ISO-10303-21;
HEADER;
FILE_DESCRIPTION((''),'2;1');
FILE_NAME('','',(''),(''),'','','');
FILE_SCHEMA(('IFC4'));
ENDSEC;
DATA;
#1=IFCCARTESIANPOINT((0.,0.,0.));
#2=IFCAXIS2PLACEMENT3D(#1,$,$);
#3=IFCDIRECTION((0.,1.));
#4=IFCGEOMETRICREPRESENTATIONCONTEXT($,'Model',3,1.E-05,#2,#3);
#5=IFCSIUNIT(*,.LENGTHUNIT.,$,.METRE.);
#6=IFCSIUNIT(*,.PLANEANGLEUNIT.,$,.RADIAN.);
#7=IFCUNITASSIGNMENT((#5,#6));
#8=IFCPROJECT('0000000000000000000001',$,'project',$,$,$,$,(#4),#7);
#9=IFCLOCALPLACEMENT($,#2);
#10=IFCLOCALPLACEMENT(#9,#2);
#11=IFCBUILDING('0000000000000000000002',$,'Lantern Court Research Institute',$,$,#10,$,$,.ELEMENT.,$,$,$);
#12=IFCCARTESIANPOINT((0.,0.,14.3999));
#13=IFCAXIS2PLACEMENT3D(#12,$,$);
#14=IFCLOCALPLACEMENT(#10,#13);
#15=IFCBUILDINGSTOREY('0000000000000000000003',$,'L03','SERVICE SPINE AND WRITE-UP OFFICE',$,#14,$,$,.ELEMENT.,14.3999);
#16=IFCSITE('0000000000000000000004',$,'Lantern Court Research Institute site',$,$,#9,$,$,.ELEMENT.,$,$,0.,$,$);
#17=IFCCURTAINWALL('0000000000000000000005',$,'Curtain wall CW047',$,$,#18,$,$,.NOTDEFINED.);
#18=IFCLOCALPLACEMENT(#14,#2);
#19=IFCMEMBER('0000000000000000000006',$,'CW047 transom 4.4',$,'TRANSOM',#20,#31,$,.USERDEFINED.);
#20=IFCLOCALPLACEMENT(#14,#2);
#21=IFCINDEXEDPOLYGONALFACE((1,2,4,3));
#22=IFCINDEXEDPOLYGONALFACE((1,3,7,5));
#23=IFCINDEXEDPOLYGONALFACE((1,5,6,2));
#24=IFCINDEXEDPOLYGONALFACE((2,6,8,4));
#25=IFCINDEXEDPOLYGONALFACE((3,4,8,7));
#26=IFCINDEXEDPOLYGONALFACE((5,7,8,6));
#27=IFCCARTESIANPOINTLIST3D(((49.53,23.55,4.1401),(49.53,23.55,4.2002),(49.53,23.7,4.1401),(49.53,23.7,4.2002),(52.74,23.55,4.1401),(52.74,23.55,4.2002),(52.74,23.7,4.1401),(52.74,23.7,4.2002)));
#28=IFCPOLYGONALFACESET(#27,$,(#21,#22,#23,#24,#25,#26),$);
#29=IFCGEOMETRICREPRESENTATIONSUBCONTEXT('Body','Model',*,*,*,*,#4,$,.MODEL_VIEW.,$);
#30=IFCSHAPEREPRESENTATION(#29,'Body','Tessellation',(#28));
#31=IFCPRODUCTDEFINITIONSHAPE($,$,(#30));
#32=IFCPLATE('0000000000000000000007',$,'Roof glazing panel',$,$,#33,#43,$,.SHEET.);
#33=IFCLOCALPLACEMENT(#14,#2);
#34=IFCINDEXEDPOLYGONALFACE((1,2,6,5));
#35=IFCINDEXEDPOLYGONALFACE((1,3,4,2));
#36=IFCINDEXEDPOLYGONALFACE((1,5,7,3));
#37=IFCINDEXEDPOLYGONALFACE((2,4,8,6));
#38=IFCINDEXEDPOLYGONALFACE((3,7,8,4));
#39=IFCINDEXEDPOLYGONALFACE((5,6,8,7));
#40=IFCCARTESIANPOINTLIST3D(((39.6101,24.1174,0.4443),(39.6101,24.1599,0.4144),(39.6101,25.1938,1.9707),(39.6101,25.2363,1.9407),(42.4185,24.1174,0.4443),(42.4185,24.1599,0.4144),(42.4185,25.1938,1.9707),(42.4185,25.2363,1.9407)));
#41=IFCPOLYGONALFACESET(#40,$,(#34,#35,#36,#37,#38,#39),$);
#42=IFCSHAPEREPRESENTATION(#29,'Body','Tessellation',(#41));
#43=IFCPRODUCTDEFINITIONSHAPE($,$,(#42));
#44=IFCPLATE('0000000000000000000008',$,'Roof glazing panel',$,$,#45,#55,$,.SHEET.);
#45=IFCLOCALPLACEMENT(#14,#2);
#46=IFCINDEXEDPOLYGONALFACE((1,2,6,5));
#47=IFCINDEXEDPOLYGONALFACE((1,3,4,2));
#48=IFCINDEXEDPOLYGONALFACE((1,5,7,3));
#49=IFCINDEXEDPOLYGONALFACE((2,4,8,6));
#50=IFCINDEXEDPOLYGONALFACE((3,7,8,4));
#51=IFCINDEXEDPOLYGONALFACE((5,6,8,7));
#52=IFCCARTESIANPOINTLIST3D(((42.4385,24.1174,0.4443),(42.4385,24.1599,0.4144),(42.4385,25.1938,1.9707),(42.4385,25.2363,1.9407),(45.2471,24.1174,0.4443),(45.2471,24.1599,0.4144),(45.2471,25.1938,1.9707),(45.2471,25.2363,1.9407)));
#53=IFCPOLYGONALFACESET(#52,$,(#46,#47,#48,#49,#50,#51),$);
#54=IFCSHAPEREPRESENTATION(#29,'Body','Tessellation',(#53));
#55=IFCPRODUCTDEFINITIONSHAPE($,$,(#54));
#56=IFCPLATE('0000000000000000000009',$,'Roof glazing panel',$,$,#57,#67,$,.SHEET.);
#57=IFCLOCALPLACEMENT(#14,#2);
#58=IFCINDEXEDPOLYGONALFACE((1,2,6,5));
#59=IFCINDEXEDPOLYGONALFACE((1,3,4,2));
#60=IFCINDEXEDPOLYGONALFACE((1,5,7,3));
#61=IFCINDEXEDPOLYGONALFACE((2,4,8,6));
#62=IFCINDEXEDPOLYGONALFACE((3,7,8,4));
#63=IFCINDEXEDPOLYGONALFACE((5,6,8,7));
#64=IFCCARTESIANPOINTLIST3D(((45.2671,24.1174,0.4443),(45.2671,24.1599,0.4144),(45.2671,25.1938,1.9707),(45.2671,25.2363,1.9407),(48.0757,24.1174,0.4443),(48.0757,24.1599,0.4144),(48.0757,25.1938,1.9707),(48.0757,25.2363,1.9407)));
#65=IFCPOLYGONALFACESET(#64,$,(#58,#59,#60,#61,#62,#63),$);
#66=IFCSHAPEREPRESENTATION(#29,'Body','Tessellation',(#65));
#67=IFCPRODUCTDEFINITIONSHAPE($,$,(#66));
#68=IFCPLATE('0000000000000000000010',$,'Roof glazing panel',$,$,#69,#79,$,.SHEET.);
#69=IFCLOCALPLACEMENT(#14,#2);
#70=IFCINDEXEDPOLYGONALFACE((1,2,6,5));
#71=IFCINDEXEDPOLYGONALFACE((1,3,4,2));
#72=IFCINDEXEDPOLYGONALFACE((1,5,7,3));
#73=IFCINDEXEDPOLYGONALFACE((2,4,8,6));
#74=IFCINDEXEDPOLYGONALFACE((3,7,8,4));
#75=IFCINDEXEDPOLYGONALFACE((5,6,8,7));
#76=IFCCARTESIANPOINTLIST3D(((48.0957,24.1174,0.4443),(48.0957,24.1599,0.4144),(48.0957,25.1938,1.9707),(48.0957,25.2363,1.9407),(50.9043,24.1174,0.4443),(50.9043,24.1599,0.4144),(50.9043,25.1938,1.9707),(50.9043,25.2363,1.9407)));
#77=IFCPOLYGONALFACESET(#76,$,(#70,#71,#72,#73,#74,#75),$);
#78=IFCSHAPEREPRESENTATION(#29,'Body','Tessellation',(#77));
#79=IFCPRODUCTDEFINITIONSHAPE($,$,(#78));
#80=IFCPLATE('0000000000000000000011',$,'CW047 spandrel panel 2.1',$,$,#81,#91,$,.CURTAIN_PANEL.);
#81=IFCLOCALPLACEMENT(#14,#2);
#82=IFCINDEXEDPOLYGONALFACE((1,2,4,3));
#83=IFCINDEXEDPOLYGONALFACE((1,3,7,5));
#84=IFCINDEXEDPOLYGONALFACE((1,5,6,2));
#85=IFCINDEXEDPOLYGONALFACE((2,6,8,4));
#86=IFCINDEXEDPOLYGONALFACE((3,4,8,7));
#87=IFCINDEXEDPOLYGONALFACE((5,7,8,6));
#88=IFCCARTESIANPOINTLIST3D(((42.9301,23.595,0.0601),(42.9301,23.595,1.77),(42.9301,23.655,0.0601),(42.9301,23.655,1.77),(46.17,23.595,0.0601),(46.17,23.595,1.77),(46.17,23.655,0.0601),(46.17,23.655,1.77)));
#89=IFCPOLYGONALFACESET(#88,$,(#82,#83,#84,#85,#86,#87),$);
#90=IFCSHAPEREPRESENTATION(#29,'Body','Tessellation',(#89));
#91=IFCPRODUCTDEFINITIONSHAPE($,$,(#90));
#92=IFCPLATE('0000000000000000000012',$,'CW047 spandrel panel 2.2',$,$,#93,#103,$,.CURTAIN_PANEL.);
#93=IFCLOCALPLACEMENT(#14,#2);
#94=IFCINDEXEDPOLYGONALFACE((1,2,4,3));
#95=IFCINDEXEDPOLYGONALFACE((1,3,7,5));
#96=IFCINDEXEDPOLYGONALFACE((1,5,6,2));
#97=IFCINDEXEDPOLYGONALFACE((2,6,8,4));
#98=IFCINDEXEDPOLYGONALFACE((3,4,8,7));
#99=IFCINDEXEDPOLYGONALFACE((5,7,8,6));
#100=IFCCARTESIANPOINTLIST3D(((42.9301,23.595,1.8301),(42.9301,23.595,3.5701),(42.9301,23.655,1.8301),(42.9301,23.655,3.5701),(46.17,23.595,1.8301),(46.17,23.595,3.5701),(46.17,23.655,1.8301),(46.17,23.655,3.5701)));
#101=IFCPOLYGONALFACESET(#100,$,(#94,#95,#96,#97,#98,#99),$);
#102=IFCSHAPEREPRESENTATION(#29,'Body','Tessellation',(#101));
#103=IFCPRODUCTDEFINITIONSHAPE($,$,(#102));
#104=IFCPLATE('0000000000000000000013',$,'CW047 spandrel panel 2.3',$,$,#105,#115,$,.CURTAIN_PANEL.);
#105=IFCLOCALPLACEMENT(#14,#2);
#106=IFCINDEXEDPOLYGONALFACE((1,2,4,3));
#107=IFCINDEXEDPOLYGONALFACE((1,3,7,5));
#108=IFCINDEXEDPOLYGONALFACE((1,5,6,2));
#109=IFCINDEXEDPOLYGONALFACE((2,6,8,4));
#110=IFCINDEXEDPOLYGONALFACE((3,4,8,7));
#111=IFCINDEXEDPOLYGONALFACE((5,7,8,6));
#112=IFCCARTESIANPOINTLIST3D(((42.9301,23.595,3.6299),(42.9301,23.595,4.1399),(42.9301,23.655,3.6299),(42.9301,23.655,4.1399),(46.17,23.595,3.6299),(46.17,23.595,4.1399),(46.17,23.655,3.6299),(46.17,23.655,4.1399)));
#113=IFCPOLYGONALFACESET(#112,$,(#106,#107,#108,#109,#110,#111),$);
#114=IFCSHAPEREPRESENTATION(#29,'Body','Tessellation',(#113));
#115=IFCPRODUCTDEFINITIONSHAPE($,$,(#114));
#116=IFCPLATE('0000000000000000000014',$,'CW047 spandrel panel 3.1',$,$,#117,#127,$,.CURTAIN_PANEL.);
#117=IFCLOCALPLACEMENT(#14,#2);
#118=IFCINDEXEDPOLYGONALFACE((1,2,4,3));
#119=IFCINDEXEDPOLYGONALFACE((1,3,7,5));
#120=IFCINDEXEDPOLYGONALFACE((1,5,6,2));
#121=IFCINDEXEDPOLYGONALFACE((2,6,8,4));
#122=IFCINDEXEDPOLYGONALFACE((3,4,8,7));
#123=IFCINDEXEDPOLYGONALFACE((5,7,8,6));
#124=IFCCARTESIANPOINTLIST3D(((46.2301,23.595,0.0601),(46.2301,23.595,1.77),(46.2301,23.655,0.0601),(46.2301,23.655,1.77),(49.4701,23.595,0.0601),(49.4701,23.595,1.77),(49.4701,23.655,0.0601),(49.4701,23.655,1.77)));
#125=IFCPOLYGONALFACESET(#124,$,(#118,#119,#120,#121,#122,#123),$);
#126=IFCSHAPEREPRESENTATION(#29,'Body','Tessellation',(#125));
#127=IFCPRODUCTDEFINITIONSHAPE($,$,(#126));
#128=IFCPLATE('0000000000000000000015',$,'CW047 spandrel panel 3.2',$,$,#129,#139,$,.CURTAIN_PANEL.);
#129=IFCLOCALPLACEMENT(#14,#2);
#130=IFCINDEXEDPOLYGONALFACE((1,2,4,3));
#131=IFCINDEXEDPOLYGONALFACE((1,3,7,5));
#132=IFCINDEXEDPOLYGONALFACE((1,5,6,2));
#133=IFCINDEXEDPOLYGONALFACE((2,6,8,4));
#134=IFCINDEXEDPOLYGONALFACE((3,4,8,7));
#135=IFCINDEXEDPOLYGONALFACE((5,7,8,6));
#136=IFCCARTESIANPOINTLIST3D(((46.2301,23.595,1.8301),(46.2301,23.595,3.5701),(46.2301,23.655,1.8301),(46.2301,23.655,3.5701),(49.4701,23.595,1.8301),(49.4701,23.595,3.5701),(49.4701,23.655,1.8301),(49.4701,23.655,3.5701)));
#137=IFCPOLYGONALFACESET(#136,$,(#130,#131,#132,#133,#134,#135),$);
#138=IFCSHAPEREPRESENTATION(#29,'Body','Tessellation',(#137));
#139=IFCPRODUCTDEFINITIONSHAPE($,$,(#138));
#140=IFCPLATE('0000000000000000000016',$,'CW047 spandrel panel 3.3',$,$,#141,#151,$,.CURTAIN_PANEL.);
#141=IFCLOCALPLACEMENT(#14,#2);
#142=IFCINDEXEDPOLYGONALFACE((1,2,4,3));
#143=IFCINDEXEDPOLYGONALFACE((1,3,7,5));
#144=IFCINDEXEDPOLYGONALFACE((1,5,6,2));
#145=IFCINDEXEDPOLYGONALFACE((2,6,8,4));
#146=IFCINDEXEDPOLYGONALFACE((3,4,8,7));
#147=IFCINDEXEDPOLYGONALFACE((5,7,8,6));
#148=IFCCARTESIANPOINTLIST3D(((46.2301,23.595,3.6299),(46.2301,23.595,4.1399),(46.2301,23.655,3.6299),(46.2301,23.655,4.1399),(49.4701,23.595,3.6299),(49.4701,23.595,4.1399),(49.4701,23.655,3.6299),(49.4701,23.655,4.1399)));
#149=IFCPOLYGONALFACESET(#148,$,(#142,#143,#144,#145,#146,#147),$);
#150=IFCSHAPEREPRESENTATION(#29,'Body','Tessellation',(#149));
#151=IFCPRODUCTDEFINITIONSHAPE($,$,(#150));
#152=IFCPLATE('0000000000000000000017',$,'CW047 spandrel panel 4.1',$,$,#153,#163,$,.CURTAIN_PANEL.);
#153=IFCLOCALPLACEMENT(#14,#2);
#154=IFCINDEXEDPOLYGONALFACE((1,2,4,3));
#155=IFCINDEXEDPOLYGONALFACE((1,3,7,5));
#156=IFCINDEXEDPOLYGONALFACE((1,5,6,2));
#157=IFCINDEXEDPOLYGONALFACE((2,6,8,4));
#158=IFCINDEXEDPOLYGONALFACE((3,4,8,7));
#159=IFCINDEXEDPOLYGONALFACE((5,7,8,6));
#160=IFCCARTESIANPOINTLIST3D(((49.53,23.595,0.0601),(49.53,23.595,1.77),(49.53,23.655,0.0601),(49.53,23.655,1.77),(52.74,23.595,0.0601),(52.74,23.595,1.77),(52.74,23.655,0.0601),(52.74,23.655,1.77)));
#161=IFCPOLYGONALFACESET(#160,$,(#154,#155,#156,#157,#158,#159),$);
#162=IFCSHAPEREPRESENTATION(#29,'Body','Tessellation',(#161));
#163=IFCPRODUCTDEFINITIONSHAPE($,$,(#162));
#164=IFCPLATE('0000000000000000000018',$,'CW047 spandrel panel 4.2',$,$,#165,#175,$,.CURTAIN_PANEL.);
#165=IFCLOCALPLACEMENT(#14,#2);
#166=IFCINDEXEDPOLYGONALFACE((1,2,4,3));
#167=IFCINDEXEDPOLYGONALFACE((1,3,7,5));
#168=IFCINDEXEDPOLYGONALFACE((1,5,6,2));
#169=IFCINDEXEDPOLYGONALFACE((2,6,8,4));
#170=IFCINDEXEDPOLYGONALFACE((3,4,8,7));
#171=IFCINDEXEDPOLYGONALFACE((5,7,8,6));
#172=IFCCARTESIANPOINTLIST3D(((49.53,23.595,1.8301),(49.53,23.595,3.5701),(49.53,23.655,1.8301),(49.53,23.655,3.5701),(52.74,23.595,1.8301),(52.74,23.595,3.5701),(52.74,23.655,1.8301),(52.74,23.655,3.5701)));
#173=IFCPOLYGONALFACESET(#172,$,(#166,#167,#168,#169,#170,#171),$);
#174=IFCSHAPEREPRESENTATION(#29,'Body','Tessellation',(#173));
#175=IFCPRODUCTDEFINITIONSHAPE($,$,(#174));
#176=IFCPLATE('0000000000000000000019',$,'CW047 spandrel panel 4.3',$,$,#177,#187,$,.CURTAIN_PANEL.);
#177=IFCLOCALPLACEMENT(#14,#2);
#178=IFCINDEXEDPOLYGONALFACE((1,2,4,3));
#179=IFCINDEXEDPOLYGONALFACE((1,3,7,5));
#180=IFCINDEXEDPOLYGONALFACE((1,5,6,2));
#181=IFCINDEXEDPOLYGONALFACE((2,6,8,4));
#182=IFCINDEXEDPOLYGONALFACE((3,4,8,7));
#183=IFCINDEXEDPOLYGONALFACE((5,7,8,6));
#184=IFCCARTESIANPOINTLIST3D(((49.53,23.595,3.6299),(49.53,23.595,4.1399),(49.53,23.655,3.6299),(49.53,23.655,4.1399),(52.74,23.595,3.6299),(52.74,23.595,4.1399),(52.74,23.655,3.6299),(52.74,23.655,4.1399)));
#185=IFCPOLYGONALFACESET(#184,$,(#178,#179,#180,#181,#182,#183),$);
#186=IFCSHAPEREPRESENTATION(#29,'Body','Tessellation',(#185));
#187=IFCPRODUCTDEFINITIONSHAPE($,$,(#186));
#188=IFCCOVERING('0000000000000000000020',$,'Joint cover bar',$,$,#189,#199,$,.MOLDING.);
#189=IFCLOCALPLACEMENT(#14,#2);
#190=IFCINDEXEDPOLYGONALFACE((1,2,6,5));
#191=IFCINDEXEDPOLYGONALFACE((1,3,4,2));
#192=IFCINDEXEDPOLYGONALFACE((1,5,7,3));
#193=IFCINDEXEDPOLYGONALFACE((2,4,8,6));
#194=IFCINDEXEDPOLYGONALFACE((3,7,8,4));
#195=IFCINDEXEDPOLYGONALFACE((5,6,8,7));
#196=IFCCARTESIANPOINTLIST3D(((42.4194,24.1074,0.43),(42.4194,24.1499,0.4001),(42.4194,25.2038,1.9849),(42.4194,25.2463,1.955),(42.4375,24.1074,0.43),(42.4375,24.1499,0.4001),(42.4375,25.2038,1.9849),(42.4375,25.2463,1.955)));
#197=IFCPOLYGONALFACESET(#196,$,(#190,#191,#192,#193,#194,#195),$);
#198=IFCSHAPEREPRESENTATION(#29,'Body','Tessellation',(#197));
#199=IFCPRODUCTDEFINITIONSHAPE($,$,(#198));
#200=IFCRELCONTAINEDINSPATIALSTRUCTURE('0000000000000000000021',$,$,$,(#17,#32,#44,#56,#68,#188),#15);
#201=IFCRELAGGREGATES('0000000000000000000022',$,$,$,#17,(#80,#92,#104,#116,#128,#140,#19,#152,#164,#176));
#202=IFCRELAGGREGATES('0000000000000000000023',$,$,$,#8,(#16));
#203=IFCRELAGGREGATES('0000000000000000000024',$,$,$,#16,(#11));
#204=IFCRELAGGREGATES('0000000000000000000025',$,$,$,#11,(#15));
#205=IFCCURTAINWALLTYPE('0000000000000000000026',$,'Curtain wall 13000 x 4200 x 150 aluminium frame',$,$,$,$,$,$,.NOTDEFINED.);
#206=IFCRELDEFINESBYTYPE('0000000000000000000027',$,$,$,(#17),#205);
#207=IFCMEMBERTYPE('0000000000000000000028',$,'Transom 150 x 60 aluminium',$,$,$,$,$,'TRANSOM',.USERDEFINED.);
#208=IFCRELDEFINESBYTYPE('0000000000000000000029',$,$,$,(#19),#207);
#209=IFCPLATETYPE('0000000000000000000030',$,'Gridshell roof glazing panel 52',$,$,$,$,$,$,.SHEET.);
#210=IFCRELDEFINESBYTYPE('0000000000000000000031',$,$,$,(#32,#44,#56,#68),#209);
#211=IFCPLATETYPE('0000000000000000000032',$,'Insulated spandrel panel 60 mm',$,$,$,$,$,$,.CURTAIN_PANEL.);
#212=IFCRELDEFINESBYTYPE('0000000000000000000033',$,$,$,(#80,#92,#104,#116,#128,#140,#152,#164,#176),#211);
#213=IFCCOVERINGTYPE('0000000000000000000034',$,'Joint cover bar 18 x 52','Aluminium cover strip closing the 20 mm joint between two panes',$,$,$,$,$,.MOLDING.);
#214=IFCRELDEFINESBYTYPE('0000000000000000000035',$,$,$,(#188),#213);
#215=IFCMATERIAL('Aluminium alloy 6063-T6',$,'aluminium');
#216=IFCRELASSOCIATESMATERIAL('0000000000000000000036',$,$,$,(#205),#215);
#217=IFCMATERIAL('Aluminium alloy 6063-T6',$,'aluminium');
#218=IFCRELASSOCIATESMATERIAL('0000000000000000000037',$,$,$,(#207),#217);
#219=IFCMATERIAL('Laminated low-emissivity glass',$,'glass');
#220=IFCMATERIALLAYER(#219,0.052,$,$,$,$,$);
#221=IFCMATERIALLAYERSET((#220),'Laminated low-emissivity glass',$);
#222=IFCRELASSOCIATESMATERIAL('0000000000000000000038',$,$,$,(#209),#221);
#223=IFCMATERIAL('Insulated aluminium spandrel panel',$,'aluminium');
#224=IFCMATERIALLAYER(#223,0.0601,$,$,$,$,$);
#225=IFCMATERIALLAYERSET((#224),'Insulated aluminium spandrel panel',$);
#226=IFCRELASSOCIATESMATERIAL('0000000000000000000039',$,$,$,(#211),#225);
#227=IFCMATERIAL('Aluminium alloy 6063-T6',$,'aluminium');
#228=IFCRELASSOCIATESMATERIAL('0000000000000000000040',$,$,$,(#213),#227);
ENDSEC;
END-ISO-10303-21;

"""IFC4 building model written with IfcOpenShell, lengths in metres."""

from ifc_helpers import new_model, si_unit, direction, frame, origin, origin_2d, place, context, subcontext, project, spatial, polyline, rectangle, outline, extrude, material, layer, layer_set, material_profile, profile_set, type_object, element, aggregate, save


model = new_model("IFC4")

# Units and contexts
model_context = context("Model", 3, precision=1e-05, world=origin(), true_north=direction((0.0, 1.0)))
body_context = subcontext(model_context, "Body", "Model", "MODEL_VIEW")
ifc_project = project(units=[si_unit("LENGTHUNIT", "METRE"), si_unit("PLANEANGLEUNIT", "RADIAN")], contexts=[model_context])

# Site, building, storey
site_placement = place(None, origin())
site = spatial("IfcSite", under=ifc_project, at=site_placement, Name="Lantern Court Research Institute site", CompositionType="ELEMENT", RefElevation=0.0)
building_placement = place(site_placement, origin())
building = spatial("IfcBuilding", under=site, at=building_placement, Name="Lantern Court Research Institute", CompositionType="ELEMENT")
storey_placement = place(building_placement, frame((0.0, 0.0, 14.3999)))
storey = spatial("IfcBuildingStorey", under=building, at=storey_placement, Name="L03", Description="SERVICE SPINE AND WRITE-UP OFFICE", CompositionType="ELEMENT", Elevation=14.3999)

# Curtain wall
ifc_material_1 = material(Name="Aluminium alloy 6063-T6", Category="aluminium")
curtain_wall_type_1 = type_object("IfcCurtainWallType", Name="Curtain wall 13000 x 4200 x 150 aluminium frame", PredefinedType="NOTDEFINED", material=ifc_material_1)
curtain_wall_1_placement = place(storey_placement, origin())
curtain_wall_1 = element("IfcCurtainWall", 1, at=curtain_wall_1_placement, inside=storey, type_object=curtain_wall_type_1, Name="Curtain wall CW047", PredefinedType="NOTDEFINED")

# Member
ifc_material_2 = material(Name="Aluminium alloy 6063-T6", Category="aluminium")
ifc_material_profile_1 = material_profile(ifc_material_2, rectangle(XDim=0.1499, YDim=0.0601, at=origin_2d()), Name="Transom 150 x 60")
ifc_profile_set_1 = profile_set([ifc_material_profile_1], Name="Aluminium alloy 6063-T6")
member_type_1 = type_object("IfcMemberType", Name="Transom 150 x 60 aluminium", ElementType="TRANSOM", PredefinedType="USERDEFINED", material=ifc_profile_set_1)
member_1_placement = place(storey_placement, frame((49.53, 23.625, 4.1702), z_axis=(1.0, 0.0, 0.0), x_axis=(0.0, 1.0, 0.0)))
member_1 = element("IfcMember", 2, at=member_1_placement, type_object=member_type_1, Name="CW047 transom 4.4", ObjectType="TRANSOM", PredefinedType="USERDEFINED", context=body_context, shape_type="SweptSolid", body=[
    extrude(rectangle(XDim=0.1499, YDim=0.0601, at=origin_2d()), origin(), (0.0, 0.0, 1.0), 3.21),
])

# Plates
ifc_material_3 = material(Name="Laminated low-emissivity glass", Category="glass")
ifc_layer_1 = layer(ifc_material_3, 0.052)
ifc_layer_set_1 = layer_set([ifc_layer_1], Name="Laminated low-emissivity glass")
plate_type_1 = type_object("IfcPlateType", Name="Gridshell roof glazing panel 52", PredefinedType="SHEET", material=ifc_layer_set_1)
plate_1_placement = place(storey_placement, frame((42.4185, 24.1174, 0.4443), z_axis=(0.0, -0.817225, 0.576319), x_axis=(-1.0, 0.0, 0.0)))
element("IfcPlate", 3, at=plate_1_placement, inside=storey, type_object=plate_type_1, Name="Roof glazing panel", PredefinedType="SHEET", context=body_context, shape_type="SweptSolid", body=[
    extrude(outline(polyline([(0.0, 0.0), (2.8083, 0.0), (2.8083, -1.8677), (0.0, -1.8677), (0.0, 0.0)])), origin(), (0.0, 0.0, -1.0), 0.052),
])
for number, where, z_axis, x_axis, name in (
    (4, (45.2471, 24.1174, 0.4443), (0.0, -0.817225, 0.576319), (-1.0, 0.0, 0.0), "Roof glazing panel"),
    (5, (48.0757, 24.1174, 0.4443), (0.0, -0.817225, 0.576319), (-1.0, 0.0, 0.0), "Roof glazing panel"),
    (6, (50.9043, 24.1174, 0.4443), (0.0, -0.817225, 0.576319), (-1.0, 0.0, 0.0), "Roof glazing panel"),
):
    element("IfcPlate", number, at=place(storey_placement, frame(where, z_axis=z_axis, x_axis=x_axis)), inside=storey, type_object=plate_type_1, Name=name, PredefinedType="SHEET", context=body_context, shape_type="SweptSolid", body=[
        extrude(outline(polyline([(0.0, 0.0), (2.8086, 0.0), (2.8086, -1.8677), (0.0, -1.8677), (0.0, 0.0)])), origin(), (0.0, 0.0, -1.0), 0.052),
    ])

# Plates
ifc_material_4 = material(Name="Insulated aluminium spandrel panel", Category="aluminium")
ifc_layer_2 = layer(ifc_material_4, 0.0601)
ifc_layer_set_2 = layer_set([ifc_layer_2], Name="Insulated aluminium spandrel panel")
plate_type_2 = type_object("IfcPlateType", Name="Insulated spandrel panel 60 mm", PredefinedType="CURTAIN_PANEL", material=ifc_layer_set_2)
plate_2_placement = place(storey_placement, frame((44.55, 23.625, 0.0601), z_axis=(0.0, 0.0, 1.0), x_axis=(1.0, 0.0, 0.0)))
plate_2 = element("IfcPlate", 7, at=plate_2_placement, type_object=plate_type_2, Name="CW047 spandrel panel 2.1", PredefinedType="CURTAIN_PANEL", context=body_context, shape_type="SweptSolid", body=[
    extrude(rectangle(XDim=3.24, YDim=0.0601, at=origin_2d()), origin(), (0.0, 0.0, 1.0), 1.71),
])
plate_3_placement = place(storey_placement, frame((44.55, 23.625, 1.8301), z_axis=(0.0, 0.0, 1.0), x_axis=(1.0, 0.0, 0.0)))
plate_3 = element("IfcPlate", 8, at=plate_3_placement, type_object=plate_type_2, Name="CW047 spandrel panel 2.2", PredefinedType="CURTAIN_PANEL", context=body_context, shape_type="SweptSolid", body=[
    extrude(rectangle(XDim=3.24, YDim=0.0601, at=origin_2d()), origin(), (0.0, 0.0, 1.0), 1.74),
])
plate_4_placement = place(storey_placement, frame((44.55, 23.625, 3.6299), z_axis=(0.0, 0.0, 1.0), x_axis=(1.0, 0.0, 0.0)))
plate_4 = element("IfcPlate", 9, at=plate_4_placement, type_object=plate_type_2, Name="CW047 spandrel panel 2.3", PredefinedType="CURTAIN_PANEL", context=body_context, shape_type="SweptSolid", body=[
    extrude(rectangle(XDim=3.24, YDim=0.0601, at=origin_2d()), origin(), (0.0, 0.0, 1.0), 0.51),
])
plate_5_placement = place(storey_placement, frame((47.8501, 23.625, 0.0601), z_axis=(0.0, 0.0, 1.0), x_axis=(1.0, 0.0, 0.0)))
plate_5 = element("IfcPlate", 10, at=plate_5_placement, type_object=plate_type_2, Name="CW047 spandrel panel 3.1", PredefinedType="CURTAIN_PANEL", context=body_context, shape_type="SweptSolid", body=[
    extrude(rectangle(XDim=3.24, YDim=0.0601, at=origin_2d()), origin(), (0.0, 0.0, 1.0), 1.71),
])
plate_6_placement = place(storey_placement, frame((47.8501, 23.625, 1.8301), z_axis=(0.0, 0.0, 1.0), x_axis=(1.0, 0.0, 0.0)))
plate_6 = element("IfcPlate", 11, at=plate_6_placement, type_object=plate_type_2, Name="CW047 spandrel panel 3.2", PredefinedType="CURTAIN_PANEL", context=body_context, shape_type="SweptSolid", body=[
    extrude(rectangle(XDim=3.24, YDim=0.0601, at=origin_2d()), origin(), (0.0, 0.0, 1.0), 1.74),
])
plate_7_placement = place(storey_placement, frame((47.8501, 23.625, 3.6299), z_axis=(0.0, 0.0, 1.0), x_axis=(1.0, 0.0, 0.0)))
plate_7 = element("IfcPlate", 12, at=plate_7_placement, type_object=plate_type_2, Name="CW047 spandrel panel 3.3", PredefinedType="CURTAIN_PANEL", context=body_context, shape_type="SweptSolid", body=[
    extrude(rectangle(XDim=3.24, YDim=0.0601, at=origin_2d()), origin(), (0.0, 0.0, 1.0), 0.51),
])
plate_8_placement = place(storey_placement, frame((51.135, 23.625, 0.0601), z_axis=(0.0, 0.0, 1.0), x_axis=(1.0, 0.0, 0.0)))
plate_8 = element("IfcPlate", 13, at=plate_8_placement, type_object=plate_type_2, Name="CW047 spandrel panel 4.1", PredefinedType="CURTAIN_PANEL", context=body_context, shape_type="SweptSolid", body=[
    extrude(rectangle(XDim=3.21, YDim=0.0601, at=origin_2d()), origin(), (0.0, 0.0, 1.0), 1.71),
])
plate_9_placement = place(storey_placement, frame((51.135, 23.625, 1.8301), z_axis=(0.0, 0.0, 1.0), x_axis=(1.0, 0.0, 0.0)))
plate_9 = element("IfcPlate", 14, at=plate_9_placement, type_object=plate_type_2, Name="CW047 spandrel panel 4.2", PredefinedType="CURTAIN_PANEL", context=body_context, shape_type="SweptSolid", body=[
    extrude(rectangle(XDim=3.21, YDim=0.0601, at=origin_2d()), origin(), (0.0, 0.0, 1.0), 1.74),
])
plate_10_placement = place(storey_placement, frame((51.135, 23.625, 3.6299), z_axis=(0.0, 0.0, 1.0), x_axis=(1.0, 0.0, 0.0)))
plate_10 = element("IfcPlate", 15, at=plate_10_placement, type_object=plate_type_2, Name="CW047 spandrel panel 4.3", PredefinedType="CURTAIN_PANEL", context=body_context, shape_type="SweptSolid", body=[
    extrude(rectangle(XDim=3.21, YDim=0.0601, at=origin_2d()), origin(), (0.0, 0.0, 1.0), 0.51),
])
aggregate(curtain_wall_1, [plate_2, plate_3, plate_4, plate_5, plate_6, plate_7, member_1, plate_8, plate_9, plate_10])

# Covering
ifc_material_5 = material(Name="Aluminium alloy 6063-T6", Category="aluminium")
ifc_material_profile_2 = material_profile(ifc_material_5, rectangle(XDim=0.0181, YDim=0.052, at=origin_2d()), Name="Joint cover bar 18 x 52")
ifc_profile_set_2 = profile_set([ifc_material_profile_2], Name="Aluminium alloy 6063-T6")
covering_type = type_object("IfcCoveringType", Name="Joint cover bar 18 x 52", Description="Aluminium cover strip closing the 20 mm joint between two panes", PredefinedType="MOLDING", material=ifc_profile_set_2)
for number, where, z_axis, x_axis, name in (
    (16, (42.4285, 24.1287, 0.415), (0.0, 0.576275, 0.817256), (-1.0, 0.0, 0.0), "Joint cover bar"),
):
    element("IfcCovering", number, at=place(storey_placement, frame(where, z_axis=z_axis, x_axis=x_axis)), inside=storey, type_object=covering_type, Name=name, PredefinedType="MOLDING", context=body_context, shape_type="SweptSolid", body=[
        extrude(rectangle(XDim=0.0181, YDim=0.052, at=origin_2d()), origin(), (0.0, 0.0, 1.0), 1.9026),
    ])

save(model, "model.ifc")
